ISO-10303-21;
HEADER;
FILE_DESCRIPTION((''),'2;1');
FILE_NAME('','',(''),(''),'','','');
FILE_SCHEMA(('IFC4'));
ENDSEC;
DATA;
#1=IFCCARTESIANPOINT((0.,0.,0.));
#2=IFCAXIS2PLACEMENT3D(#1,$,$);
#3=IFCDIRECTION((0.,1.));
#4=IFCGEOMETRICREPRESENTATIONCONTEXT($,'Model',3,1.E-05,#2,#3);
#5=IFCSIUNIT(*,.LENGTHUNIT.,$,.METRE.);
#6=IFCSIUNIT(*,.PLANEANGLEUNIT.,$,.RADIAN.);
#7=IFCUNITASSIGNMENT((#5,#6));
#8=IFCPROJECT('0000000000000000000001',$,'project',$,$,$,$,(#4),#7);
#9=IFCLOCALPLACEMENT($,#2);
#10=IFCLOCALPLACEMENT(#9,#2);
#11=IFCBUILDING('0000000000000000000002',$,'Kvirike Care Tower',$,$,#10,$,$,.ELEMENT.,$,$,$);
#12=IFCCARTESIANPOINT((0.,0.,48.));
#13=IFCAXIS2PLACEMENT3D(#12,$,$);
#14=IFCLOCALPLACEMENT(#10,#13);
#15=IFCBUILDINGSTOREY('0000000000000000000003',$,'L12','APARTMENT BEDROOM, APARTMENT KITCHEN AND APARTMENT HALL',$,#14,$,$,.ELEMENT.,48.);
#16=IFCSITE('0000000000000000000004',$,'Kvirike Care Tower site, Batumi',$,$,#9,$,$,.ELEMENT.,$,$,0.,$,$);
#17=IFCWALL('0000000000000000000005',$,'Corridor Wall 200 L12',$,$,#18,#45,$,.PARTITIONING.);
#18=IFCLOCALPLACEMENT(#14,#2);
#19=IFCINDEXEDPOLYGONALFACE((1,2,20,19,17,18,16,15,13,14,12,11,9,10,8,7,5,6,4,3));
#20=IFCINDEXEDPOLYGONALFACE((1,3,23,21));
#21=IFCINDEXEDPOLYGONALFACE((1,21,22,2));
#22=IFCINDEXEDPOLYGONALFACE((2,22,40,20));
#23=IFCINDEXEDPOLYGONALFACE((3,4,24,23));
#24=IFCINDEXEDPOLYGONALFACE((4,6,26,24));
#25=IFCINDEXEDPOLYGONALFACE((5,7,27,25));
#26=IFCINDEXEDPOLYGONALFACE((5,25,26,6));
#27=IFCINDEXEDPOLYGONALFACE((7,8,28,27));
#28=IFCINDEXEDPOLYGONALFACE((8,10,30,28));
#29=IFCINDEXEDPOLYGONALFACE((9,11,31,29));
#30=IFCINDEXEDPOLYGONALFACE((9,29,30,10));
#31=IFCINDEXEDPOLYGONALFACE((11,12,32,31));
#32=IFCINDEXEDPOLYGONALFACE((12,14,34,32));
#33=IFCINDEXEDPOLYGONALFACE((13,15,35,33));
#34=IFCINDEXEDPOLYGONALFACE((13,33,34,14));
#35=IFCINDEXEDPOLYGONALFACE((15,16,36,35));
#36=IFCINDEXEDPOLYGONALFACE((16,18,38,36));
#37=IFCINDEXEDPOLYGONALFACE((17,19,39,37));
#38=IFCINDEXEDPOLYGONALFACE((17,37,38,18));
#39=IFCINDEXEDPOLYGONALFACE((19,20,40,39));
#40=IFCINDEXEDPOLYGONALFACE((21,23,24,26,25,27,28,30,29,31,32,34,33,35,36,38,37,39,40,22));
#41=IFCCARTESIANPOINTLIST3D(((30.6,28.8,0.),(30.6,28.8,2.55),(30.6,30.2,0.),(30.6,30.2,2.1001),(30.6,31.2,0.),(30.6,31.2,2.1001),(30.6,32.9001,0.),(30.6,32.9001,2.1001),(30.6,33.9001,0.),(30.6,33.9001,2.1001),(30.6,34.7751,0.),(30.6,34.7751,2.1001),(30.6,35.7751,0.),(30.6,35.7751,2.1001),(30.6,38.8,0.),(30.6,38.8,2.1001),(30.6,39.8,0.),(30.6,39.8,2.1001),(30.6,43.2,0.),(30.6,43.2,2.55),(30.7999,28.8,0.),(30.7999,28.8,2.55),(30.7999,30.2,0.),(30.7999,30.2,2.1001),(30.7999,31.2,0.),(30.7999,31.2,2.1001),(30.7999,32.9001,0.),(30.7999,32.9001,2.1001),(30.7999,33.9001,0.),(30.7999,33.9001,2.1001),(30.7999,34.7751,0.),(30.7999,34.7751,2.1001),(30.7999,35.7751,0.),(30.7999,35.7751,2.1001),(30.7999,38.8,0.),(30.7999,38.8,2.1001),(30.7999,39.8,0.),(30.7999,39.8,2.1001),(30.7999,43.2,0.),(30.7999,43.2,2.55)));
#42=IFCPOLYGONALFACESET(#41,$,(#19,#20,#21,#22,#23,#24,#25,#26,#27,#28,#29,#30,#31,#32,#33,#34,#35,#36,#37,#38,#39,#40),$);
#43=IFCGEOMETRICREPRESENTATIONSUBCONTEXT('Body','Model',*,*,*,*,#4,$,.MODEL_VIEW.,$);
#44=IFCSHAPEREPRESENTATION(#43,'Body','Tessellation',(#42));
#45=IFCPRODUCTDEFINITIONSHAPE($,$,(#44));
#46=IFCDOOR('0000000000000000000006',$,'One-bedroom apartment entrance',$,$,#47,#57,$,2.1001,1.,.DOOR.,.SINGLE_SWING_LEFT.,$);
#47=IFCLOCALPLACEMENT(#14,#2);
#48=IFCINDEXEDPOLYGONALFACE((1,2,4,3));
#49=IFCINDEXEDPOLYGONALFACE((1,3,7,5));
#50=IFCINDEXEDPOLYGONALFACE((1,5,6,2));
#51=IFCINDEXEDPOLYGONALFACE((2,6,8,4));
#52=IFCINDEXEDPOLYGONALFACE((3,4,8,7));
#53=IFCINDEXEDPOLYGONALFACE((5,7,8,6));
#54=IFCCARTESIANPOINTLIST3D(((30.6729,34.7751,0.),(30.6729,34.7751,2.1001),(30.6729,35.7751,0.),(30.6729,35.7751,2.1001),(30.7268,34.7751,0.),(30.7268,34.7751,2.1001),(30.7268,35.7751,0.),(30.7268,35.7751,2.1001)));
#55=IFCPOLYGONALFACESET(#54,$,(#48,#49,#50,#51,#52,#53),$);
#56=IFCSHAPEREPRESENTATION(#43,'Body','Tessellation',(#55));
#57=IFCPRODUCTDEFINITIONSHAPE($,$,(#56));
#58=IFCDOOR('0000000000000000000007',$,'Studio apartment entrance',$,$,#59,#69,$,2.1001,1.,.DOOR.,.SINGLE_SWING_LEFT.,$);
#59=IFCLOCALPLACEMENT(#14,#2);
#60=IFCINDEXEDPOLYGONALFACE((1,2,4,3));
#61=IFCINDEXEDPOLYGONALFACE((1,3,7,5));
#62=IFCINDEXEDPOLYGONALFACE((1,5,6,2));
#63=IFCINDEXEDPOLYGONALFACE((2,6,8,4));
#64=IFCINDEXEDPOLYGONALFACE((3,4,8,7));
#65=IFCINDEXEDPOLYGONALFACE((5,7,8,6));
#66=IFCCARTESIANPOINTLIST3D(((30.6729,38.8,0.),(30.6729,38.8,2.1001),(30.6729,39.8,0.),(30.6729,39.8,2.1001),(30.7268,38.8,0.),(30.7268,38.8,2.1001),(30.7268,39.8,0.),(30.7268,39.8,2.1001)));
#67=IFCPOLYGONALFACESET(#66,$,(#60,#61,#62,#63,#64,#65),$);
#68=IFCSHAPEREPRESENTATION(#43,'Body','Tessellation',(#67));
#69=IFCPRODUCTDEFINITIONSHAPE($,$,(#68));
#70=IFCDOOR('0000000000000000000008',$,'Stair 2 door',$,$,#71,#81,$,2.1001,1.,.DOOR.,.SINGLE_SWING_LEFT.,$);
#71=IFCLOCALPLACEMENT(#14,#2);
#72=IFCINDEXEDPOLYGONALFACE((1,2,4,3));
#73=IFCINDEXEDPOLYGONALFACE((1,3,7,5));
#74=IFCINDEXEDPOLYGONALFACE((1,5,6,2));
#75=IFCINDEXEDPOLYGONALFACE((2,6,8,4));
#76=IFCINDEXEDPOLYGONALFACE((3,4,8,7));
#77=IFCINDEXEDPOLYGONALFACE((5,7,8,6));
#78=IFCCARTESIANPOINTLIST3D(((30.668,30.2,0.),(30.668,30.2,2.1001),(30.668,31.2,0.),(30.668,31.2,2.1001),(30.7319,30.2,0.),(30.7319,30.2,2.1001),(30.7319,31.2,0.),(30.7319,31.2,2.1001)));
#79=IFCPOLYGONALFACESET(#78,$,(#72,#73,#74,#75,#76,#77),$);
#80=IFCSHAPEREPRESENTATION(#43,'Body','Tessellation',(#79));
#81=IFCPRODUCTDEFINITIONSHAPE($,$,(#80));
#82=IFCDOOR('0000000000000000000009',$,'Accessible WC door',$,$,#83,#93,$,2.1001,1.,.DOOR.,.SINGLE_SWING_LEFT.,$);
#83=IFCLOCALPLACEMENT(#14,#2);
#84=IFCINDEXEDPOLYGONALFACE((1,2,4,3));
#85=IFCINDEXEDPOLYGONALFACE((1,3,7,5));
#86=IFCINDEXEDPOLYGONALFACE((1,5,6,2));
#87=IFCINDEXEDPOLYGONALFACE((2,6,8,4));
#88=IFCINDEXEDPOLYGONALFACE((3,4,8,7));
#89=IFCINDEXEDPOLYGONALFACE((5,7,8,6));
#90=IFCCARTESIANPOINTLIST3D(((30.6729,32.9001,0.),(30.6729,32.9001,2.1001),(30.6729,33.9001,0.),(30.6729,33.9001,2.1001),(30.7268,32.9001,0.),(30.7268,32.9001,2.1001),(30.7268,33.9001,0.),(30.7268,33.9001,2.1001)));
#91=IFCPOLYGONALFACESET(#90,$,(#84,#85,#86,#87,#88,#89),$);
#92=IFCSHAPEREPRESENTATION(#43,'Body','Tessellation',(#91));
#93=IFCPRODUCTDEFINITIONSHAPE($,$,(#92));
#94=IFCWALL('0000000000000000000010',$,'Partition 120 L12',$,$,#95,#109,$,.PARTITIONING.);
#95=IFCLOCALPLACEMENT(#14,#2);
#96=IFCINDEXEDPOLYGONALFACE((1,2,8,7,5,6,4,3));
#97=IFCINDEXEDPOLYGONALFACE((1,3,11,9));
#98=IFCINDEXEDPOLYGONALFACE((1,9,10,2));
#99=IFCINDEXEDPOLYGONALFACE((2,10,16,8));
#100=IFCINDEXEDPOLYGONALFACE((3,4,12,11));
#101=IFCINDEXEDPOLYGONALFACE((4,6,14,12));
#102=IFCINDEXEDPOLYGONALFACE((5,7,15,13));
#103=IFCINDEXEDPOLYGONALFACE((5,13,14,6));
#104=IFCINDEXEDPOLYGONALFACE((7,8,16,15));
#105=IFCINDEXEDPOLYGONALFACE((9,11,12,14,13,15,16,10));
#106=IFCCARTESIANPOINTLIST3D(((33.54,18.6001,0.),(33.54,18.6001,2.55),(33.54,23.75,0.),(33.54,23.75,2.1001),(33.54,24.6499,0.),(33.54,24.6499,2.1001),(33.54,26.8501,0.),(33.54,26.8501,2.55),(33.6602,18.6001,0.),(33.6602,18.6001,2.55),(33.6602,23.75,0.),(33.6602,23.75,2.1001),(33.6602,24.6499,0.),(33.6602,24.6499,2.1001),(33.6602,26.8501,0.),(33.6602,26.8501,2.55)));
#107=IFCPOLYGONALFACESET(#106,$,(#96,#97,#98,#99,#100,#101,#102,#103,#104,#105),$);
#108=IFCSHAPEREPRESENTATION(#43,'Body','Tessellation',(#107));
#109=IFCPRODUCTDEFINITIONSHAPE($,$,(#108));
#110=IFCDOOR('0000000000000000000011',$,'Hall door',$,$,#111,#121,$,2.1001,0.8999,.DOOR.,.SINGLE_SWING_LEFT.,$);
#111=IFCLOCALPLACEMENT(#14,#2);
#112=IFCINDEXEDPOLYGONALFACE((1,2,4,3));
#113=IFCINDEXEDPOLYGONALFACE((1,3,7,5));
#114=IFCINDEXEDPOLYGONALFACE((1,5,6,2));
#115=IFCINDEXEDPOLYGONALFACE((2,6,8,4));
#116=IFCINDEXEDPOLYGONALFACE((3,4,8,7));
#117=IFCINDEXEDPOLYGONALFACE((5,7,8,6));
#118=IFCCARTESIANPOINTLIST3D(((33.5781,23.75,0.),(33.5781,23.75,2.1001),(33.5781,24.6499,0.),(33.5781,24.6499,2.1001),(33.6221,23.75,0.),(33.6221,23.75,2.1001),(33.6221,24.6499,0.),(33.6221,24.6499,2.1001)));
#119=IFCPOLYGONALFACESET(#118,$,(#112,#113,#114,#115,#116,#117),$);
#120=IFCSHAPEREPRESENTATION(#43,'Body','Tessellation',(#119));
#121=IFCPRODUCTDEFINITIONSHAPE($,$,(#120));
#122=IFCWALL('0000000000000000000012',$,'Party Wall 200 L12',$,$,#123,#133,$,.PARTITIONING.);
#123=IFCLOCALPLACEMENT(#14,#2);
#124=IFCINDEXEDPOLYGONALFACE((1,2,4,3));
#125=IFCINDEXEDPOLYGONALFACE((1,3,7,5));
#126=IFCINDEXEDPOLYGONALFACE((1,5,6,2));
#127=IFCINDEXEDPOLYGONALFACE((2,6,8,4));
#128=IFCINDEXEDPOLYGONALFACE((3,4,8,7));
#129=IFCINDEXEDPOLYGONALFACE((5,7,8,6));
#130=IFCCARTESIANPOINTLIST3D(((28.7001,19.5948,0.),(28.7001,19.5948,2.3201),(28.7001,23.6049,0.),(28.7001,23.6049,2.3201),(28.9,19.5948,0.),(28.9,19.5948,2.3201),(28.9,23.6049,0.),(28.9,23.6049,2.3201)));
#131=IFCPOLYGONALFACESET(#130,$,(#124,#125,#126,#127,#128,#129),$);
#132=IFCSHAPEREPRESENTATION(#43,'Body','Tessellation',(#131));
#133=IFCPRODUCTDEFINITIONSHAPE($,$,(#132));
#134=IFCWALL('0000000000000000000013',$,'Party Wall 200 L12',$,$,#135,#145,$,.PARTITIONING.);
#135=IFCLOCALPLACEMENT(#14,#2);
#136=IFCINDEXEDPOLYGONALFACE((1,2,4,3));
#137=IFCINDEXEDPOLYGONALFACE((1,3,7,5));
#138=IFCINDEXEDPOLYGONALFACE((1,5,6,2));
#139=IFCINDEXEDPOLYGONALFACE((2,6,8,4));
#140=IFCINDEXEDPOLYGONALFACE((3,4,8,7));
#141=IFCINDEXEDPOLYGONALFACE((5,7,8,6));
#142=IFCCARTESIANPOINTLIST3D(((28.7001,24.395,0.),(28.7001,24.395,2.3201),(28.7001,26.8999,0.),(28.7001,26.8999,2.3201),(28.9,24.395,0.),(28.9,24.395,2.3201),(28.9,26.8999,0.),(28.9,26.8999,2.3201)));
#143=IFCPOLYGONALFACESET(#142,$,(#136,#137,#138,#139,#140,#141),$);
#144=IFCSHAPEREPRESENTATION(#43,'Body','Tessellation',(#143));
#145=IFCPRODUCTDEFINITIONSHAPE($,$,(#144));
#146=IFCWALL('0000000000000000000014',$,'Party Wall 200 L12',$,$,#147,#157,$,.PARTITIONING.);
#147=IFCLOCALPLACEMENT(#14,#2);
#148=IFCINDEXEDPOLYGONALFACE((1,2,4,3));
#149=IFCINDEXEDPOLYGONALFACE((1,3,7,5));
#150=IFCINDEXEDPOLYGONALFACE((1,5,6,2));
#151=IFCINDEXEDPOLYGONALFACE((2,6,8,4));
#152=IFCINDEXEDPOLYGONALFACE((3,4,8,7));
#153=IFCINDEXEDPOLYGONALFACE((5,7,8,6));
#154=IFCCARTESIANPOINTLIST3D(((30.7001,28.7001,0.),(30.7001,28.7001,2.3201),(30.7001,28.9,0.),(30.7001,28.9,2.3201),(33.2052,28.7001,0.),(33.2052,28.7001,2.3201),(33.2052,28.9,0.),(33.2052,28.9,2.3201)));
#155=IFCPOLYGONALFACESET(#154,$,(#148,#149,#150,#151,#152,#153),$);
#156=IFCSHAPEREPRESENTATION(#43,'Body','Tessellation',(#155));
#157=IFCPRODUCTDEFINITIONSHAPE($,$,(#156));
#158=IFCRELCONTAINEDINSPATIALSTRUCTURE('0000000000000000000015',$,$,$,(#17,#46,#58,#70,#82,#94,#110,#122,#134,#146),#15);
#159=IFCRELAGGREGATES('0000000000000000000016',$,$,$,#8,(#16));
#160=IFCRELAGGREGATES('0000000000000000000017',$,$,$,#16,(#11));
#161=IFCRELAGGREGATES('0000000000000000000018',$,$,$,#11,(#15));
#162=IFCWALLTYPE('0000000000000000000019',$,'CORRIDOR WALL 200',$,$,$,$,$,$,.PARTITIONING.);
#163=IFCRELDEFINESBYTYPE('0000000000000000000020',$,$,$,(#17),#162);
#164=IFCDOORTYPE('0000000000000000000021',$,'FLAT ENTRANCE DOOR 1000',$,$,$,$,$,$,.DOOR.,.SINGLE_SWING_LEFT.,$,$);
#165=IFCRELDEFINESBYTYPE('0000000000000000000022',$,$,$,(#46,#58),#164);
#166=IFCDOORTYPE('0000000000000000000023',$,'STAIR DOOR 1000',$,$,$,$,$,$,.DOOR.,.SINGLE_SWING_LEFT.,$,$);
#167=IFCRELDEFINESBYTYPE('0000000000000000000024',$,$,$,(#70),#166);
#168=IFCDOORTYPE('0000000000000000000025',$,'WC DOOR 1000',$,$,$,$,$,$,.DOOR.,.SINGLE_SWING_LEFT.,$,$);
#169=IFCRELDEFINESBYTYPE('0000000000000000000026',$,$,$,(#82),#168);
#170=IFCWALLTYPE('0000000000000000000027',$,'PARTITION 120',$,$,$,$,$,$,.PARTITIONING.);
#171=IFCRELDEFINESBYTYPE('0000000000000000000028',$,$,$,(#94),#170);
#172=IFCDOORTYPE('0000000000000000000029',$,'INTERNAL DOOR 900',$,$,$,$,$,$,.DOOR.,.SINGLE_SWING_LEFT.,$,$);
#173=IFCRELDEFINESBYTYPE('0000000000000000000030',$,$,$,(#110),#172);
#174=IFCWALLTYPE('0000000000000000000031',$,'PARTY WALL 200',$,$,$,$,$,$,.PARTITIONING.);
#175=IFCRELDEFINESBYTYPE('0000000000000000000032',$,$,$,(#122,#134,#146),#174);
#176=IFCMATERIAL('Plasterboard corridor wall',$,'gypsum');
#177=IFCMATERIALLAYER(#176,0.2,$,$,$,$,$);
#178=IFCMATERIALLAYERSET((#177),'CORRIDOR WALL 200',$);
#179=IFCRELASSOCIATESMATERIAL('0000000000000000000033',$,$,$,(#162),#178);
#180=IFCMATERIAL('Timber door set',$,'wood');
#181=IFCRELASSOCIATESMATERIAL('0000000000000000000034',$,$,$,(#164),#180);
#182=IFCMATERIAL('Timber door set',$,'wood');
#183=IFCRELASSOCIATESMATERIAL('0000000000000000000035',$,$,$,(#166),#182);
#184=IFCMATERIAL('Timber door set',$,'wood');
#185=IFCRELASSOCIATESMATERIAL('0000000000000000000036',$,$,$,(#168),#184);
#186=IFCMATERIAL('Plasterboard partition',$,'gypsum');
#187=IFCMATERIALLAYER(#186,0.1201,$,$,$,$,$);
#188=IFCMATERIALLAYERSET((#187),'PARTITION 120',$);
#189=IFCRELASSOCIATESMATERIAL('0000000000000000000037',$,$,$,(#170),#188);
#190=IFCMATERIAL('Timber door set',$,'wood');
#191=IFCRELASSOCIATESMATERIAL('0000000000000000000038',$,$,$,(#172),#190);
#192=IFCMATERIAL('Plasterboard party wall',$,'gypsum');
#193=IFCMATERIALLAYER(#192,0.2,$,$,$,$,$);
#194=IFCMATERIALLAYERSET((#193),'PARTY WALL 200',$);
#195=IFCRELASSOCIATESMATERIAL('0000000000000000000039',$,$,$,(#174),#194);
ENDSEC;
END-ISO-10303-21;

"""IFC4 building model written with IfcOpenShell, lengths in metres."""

from ifc_helpers import new_model, si_unit, direction, frame, frame_2d, origin, place, context, subcontext, project, spatial, rectangle, extrude, material, layer, layer_set, type_object, element, fill, save


model = new_model("IFC4")

# Units and contexts
model_context = context("Model", 3, precision=1e-05, world=origin(), true_north=direction((0.0, 1.0)))
body_context = subcontext(model_context, "Body", "Model", "MODEL_VIEW")
ifc_project = project(units=[si_unit("LENGTHUNIT", "METRE"), si_unit("PLANEANGLEUNIT", "RADIAN")], contexts=[model_context])

# Site, building, storey
site_placement = place(None, origin())
site = spatial("IfcSite", under=ifc_project, at=site_placement, Name="Kvirike Care Tower site, Batumi", CompositionType="ELEMENT", RefElevation=0.0)
building_placement = place(site_placement, origin())
building = spatial("IfcBuilding", under=site, at=building_placement, Name="Kvirike Care Tower", CompositionType="ELEMENT")
storey_placement = place(building_placement, frame((0.0, 0.0, 48.0)))
storey = spatial("IfcBuildingStorey", under=building, at=storey_placement, Name="L12", Description="APARTMENT BEDROOM, APARTMENT KITCHEN AND APARTMENT HALL", CompositionType="ELEMENT", Elevation=48.0)

# Shared definitions
ifc_material_1 = material(Name="Plasterboard corridor wall", Category="gypsum")
ifc_layer_1 = layer(ifc_material_1, 0.2)
ifc_layer_set_1 = layer_set([ifc_layer_1], Name="CORRIDOR WALL 200")
wall_type_1 = type_object("IfcWallType", Name="CORRIDOR WALL 200", PredefinedType="PARTITIONING", material=ifc_layer_set_1)
ifc_material_2 = material(Name="Timber door set", Category="wood")
door_type_1 = type_object("IfcDoorType", Name="FLAT ENTRANCE DOOR 1000", OperationType="SINGLE_SWING_LEFT", PredefinedType="DOOR", material=ifc_material_2)

# Wall, openings, doors
wall_1_placement = place(storey_placement, frame((30.7, 28.8, 0.0), z_axis=(0.0, 0.0, 1.0), x_axis=(0.0, 1.0, 0.0)))
wall_1 = element("IfcWall", 1, at=wall_1_placement, inside=storey, type_object=wall_type_1, Name="Corridor Wall 200 L12", PredefinedType="PARTITIONING", context=body_context, shape_type="SweptSolid", body=[
    extrude(rectangle(XDim=14.3999, YDim=0.2, at=frame_2d((7.2, 0.0))), origin(), (0.0, 0.0, 1.0), 2.55),
])
opening_1_placement = place(wall_1_placement, frame((1.3999, 0.0, 0.0)))
opening_1 = element("IfcOpeningElement", 2, at=opening_1_placement, cuts=wall_1, PredefinedType="OPENING", context=body_context, shape_type="SweptSolid", body=[
    extrude(rectangle(XDim=1.0, YDim=2.1001, at=frame_2d((0.5, 1.05))), frame((0.0, 0.1106, 0.0), z_axis=(0.0, -1.0, 0.0), x_axis=(1.0, 0.0, 0.0)), (0.0, 0.0, 1.0), 0.2209),
])
opening_2_placement = place(wall_1_placement, frame((4.1001, 0.0, 0.0)))
opening_2 = element("IfcOpeningElement", 3, at=opening_2_placement, cuts=wall_1, PredefinedType="OPENING", context=body_context, shape_type="SweptSolid", body=[
    extrude(rectangle(XDim=1.0, YDim=2.1001, at=frame_2d((0.5, 1.05))), frame((0.0, 0.1106, 0.0), z_axis=(0.0, -1.0, 0.0), x_axis=(1.0, 0.0, 0.0)), (0.0, 0.0, 1.0), 0.2209),
])
opening_3_placement = place(wall_1_placement, frame((5.9751, 0.0, 0.0)))
opening_3 = element("IfcOpeningElement", 4, at=opening_3_placement, cuts=wall_1, PredefinedType="OPENING", context=body_context, shape_type="SweptSolid", body=[
    extrude(rectangle(XDim=1.0, YDim=2.1001, at=frame_2d((0.5, 1.05))), frame((0.0, 0.1106, 0.0), z_axis=(0.0, -1.0, 0.0), x_axis=(1.0, 0.0, 0.0)), (0.0, 0.0, 1.0), 0.2209),
])
opening_4_placement = place(wall_1_placement, frame((10.0, 0.0, 0.0)))
opening_4 = element("IfcOpeningElement", 5, at=opening_4_placement, cuts=wall_1, PredefinedType="OPENING", context=body_context, shape_type="SweptSolid", body=[
    extrude(rectangle(XDim=1.0, YDim=2.1001, at=frame_2d((0.5, 1.05))), frame((0.0, 0.1106, 0.0), z_axis=(0.0, -1.0, 0.0), x_axis=(1.0, 0.0, 0.0)), (0.0, 0.0, 1.0), 0.2209),
])
door_1_placement = place(opening_3_placement, frame((1.0, 0.0, 0.0), z_axis=(0.0, 0.0, 1.0), x_axis=(-1.0, 0.0, 0.0)))
door_1 = element("IfcDoor", 6, at=door_1_placement, inside=storey, type_object=door_type_1, Name="One-bedroom apartment entrance", OperationType="SINGLE_SWING_LEFT", OverallHeight=2.1001, OverallWidth=1.0, PredefinedType="DOOR", context=body_context, shape_type="SweptSolid", body=[
    extrude(rectangle(XDim=1.0, YDim=2.1001, at=frame_2d((0.5, 1.05))), frame((0.0, 0.0269, 0.0), z_axis=(0.0, -1.0, 0.0), x_axis=(1.0, 0.0, 0.0)), (0.0, 0.0, 1.0), 0.054),
])
fill(opening_3, door_1)
door_2_placement = place(opening_4_placement, frame((1.0, 0.0, 0.0), z_axis=(0.0, 0.0, 1.0), x_axis=(-1.0, 0.0, 0.0)))
door_2 = element("IfcDoor", 7, at=door_2_placement, inside=storey, type_object=door_type_1, Name="Studio apartment entrance", OperationType="SINGLE_SWING_LEFT", OverallHeight=2.1001, OverallWidth=1.0, PredefinedType="DOOR", context=body_context, shape_type="SweptSolid", body=[
    extrude(rectangle(XDim=1.0, YDim=2.1001, at=frame_2d((0.5, 1.05))), frame((0.0, 0.0269, 0.0), z_axis=(0.0, -1.0, 0.0), x_axis=(1.0, 0.0, 0.0)), (0.0, 0.0, 1.0), 0.054),
])
fill(opening_4, door_2)
ifc_material_3 = material(Name="Timber door set", Category="wood")
door_type_2 = type_object("IfcDoorType", Name="STAIR DOOR 1000", OperationType="SINGLE_SWING_LEFT", PredefinedType="DOOR", material=ifc_material_3)
door_3_placement = place(opening_1_placement, frame((1.0, 0.0, 0.0), z_axis=(0.0, 0.0, 1.0), x_axis=(-1.0, 0.0, 0.0)))
door_3 = element("IfcDoor", 8, at=door_3_placement, inside=storey, type_object=door_type_2, Name="Stair 2 door", OperationType="SINGLE_SWING_LEFT", OverallHeight=2.1001, OverallWidth=1.0, PredefinedType="DOOR", context=body_context, shape_type="SweptSolid", body=[
    extrude(rectangle(XDim=1.0, YDim=2.1001, at=frame_2d((0.5, 1.05))), frame((0.0, 0.032, 0.0), z_axis=(0.0, -1.0, 0.0), x_axis=(1.0, 0.0, 0.0)), (0.0, 0.0, 1.0), 0.064),
])
fill(opening_1, door_3)
ifc_material_4 = material(Name="Timber door set", Category="wood")
door_type_3 = type_object("IfcDoorType", Name="WC DOOR 1000", OperationType="SINGLE_SWING_LEFT", PredefinedType="DOOR", material=ifc_material_4)
door_4_placement = place(opening_2_placement, frame((1.0, 0.0, 0.0), z_axis=(0.0, 0.0, 1.0), x_axis=(-1.0, 0.0, 0.0)))
door_4 = element("IfcDoor", 9, at=door_4_placement, inside=storey, type_object=door_type_3, Name="Accessible WC door", OperationType="SINGLE_SWING_LEFT", OverallHeight=2.1001, OverallWidth=1.0, PredefinedType="DOOR", context=body_context, shape_type="SweptSolid", body=[
    extrude(rectangle(XDim=1.0, YDim=2.1001, at=frame_2d((0.5, 1.05))), frame((0.0, 0.0269, 0.0), z_axis=(0.0, -1.0, 0.0), x_axis=(1.0, 0.0, 0.0)), (0.0, 0.0, 1.0), 0.054),
])
fill(opening_2, door_4)

# Wall, opening, door
ifc_material_5 = material(Name="Plasterboard partition", Category="gypsum")
ifc_layer_2 = layer(ifc_material_5, 0.1201)
ifc_layer_set_2 = layer_set([ifc_layer_2], Name="PARTITION 120")
wall_type_2 = type_object("IfcWallType", Name="PARTITION 120", PredefinedType="PARTITIONING", material=ifc_layer_set_2)
wall_2_placement = place(storey_placement, frame((33.6001, 18.6001, 0.0), z_axis=(0.0, 0.0, 1.0), x_axis=(0.0, 1.0, 0.0)))
wall_2 = element("IfcWall", 10, at=wall_2_placement, inside=storey, type_object=wall_type_2, Name="Partition 120 L12", PredefinedType="PARTITIONING", context=body_context, shape_type="SweptSolid", body=[
    extrude(rectangle(XDim=8.25, YDim=0.1201, at=frame_2d((4.125, 0.0))), origin(), (0.0, 0.0, 1.0), 2.55),
])
opening_5_placement = place(wall_2_placement, frame((5.1499, 0.0, 0.0)))
opening_5 = element("IfcOpeningElement", 11, at=opening_5_placement, cuts=wall_2, PredefinedType="OPENING", context=body_context, shape_type="SweptSolid", body=[
    extrude(rectangle(XDim=0.8999, YDim=2.1001, at=frame_2d((0.45, 1.05))), frame((0.0, 0.0706, 0.0), z_axis=(0.0, -1.0, 0.0), x_axis=(1.0, 0.0, 0.0)), (0.0, 0.0, 1.0), 0.1411),
])
ifc_material_6 = material(Name="Timber door set", Category="wood")
door_type_4 = type_object("IfcDoorType", Name="INTERNAL DOOR 900", OperationType="SINGLE_SWING_LEFT", PredefinedType="DOOR", material=ifc_material_6)
door_5_placement = place(opening_5_placement, origin())
door_5 = element("IfcDoor", 12, at=door_5_placement, inside=storey, type_object=door_type_4, Name="Hall door", OperationType="SINGLE_SWING_LEFT", OverallHeight=2.1001, OverallWidth=0.8999, PredefinedType="DOOR", context=body_context, shape_type="SweptSolid", body=[
    extrude(rectangle(XDim=0.8999, YDim=2.1001, at=frame_2d((0.45, 1.05))), frame((0.0, 0.022, 0.0), z_axis=(0.0, -1.0, 0.0), x_axis=(1.0, 0.0, 0.0)), (0.0, 0.0, 1.0), 0.0439),
])
fill(opening_5, door_5)

# Walls
ifc_material_7 = material(Name="Plasterboard party wall", Category="gypsum")
ifc_layer_3 = layer(ifc_material_7, 0.2)
ifc_layer_set_3 = layer_set([ifc_layer_3], Name="PARTY WALL 200")
wall_type_3 = type_object("IfcWallType", Name="PARTY WALL 200", PredefinedType="PARTITIONING", material=ifc_layer_set_3)
wall_3_placement = place(storey_placement, frame((28.8, 19.595, 0.0), z_axis=(0.0, 0.0, 1.0), x_axis=(0.0, 1.0, 0.0)))
element("IfcWall", 13, at=wall_3_placement, inside=storey, type_object=wall_type_3, Name="Party Wall 200 L12", PredefinedType="PARTITIONING", context=body_context, shape_type="SweptSolid", body=[
    extrude(rectangle(XDim=4.01, YDim=0.2, at=frame_2d((2.0049, 0.0))), origin(), (0.0, 0.0, 1.0), 2.3201),
])
wall_4_placement = place(storey_placement, frame((28.8, 24.395, 0.0), z_axis=(0.0, 0.0, 1.0), x_axis=(0.0, 1.0, 0.0)))
element("IfcWall", 14, at=wall_4_placement, inside=storey, type_object=wall_type_3, Name="Party Wall 200 L12", PredefinedType="PARTITIONING", context=body_context, shape_type="SweptSolid", body=[
    extrude(rectangle(XDim=2.5049, YDim=0.2, at=frame_2d((1.2524, 0.0))), origin(), (0.0, 0.0, 1.0), 2.3201),
])
wall_5_placement = place(storey_placement, frame((33.2051, 28.8, 0.0), z_axis=(0.0, 0.0, 1.0), x_axis=(-1.0, 0.0, 0.0)))
element("IfcWall", 15, at=wall_5_placement, inside=storey, type_object=wall_type_3, Name="Party Wall 200 L12", PredefinedType="PARTITIONING", context=body_context, shape_type="SweptSolid", body=[
    extrude(rectangle(XDim=2.5051, YDim=0.2, at=frame_2d((1.2524, 0.0))), origin(), (0.0, 0.0, 1.0), 2.3201),
])

save(model, "model.ifc")
